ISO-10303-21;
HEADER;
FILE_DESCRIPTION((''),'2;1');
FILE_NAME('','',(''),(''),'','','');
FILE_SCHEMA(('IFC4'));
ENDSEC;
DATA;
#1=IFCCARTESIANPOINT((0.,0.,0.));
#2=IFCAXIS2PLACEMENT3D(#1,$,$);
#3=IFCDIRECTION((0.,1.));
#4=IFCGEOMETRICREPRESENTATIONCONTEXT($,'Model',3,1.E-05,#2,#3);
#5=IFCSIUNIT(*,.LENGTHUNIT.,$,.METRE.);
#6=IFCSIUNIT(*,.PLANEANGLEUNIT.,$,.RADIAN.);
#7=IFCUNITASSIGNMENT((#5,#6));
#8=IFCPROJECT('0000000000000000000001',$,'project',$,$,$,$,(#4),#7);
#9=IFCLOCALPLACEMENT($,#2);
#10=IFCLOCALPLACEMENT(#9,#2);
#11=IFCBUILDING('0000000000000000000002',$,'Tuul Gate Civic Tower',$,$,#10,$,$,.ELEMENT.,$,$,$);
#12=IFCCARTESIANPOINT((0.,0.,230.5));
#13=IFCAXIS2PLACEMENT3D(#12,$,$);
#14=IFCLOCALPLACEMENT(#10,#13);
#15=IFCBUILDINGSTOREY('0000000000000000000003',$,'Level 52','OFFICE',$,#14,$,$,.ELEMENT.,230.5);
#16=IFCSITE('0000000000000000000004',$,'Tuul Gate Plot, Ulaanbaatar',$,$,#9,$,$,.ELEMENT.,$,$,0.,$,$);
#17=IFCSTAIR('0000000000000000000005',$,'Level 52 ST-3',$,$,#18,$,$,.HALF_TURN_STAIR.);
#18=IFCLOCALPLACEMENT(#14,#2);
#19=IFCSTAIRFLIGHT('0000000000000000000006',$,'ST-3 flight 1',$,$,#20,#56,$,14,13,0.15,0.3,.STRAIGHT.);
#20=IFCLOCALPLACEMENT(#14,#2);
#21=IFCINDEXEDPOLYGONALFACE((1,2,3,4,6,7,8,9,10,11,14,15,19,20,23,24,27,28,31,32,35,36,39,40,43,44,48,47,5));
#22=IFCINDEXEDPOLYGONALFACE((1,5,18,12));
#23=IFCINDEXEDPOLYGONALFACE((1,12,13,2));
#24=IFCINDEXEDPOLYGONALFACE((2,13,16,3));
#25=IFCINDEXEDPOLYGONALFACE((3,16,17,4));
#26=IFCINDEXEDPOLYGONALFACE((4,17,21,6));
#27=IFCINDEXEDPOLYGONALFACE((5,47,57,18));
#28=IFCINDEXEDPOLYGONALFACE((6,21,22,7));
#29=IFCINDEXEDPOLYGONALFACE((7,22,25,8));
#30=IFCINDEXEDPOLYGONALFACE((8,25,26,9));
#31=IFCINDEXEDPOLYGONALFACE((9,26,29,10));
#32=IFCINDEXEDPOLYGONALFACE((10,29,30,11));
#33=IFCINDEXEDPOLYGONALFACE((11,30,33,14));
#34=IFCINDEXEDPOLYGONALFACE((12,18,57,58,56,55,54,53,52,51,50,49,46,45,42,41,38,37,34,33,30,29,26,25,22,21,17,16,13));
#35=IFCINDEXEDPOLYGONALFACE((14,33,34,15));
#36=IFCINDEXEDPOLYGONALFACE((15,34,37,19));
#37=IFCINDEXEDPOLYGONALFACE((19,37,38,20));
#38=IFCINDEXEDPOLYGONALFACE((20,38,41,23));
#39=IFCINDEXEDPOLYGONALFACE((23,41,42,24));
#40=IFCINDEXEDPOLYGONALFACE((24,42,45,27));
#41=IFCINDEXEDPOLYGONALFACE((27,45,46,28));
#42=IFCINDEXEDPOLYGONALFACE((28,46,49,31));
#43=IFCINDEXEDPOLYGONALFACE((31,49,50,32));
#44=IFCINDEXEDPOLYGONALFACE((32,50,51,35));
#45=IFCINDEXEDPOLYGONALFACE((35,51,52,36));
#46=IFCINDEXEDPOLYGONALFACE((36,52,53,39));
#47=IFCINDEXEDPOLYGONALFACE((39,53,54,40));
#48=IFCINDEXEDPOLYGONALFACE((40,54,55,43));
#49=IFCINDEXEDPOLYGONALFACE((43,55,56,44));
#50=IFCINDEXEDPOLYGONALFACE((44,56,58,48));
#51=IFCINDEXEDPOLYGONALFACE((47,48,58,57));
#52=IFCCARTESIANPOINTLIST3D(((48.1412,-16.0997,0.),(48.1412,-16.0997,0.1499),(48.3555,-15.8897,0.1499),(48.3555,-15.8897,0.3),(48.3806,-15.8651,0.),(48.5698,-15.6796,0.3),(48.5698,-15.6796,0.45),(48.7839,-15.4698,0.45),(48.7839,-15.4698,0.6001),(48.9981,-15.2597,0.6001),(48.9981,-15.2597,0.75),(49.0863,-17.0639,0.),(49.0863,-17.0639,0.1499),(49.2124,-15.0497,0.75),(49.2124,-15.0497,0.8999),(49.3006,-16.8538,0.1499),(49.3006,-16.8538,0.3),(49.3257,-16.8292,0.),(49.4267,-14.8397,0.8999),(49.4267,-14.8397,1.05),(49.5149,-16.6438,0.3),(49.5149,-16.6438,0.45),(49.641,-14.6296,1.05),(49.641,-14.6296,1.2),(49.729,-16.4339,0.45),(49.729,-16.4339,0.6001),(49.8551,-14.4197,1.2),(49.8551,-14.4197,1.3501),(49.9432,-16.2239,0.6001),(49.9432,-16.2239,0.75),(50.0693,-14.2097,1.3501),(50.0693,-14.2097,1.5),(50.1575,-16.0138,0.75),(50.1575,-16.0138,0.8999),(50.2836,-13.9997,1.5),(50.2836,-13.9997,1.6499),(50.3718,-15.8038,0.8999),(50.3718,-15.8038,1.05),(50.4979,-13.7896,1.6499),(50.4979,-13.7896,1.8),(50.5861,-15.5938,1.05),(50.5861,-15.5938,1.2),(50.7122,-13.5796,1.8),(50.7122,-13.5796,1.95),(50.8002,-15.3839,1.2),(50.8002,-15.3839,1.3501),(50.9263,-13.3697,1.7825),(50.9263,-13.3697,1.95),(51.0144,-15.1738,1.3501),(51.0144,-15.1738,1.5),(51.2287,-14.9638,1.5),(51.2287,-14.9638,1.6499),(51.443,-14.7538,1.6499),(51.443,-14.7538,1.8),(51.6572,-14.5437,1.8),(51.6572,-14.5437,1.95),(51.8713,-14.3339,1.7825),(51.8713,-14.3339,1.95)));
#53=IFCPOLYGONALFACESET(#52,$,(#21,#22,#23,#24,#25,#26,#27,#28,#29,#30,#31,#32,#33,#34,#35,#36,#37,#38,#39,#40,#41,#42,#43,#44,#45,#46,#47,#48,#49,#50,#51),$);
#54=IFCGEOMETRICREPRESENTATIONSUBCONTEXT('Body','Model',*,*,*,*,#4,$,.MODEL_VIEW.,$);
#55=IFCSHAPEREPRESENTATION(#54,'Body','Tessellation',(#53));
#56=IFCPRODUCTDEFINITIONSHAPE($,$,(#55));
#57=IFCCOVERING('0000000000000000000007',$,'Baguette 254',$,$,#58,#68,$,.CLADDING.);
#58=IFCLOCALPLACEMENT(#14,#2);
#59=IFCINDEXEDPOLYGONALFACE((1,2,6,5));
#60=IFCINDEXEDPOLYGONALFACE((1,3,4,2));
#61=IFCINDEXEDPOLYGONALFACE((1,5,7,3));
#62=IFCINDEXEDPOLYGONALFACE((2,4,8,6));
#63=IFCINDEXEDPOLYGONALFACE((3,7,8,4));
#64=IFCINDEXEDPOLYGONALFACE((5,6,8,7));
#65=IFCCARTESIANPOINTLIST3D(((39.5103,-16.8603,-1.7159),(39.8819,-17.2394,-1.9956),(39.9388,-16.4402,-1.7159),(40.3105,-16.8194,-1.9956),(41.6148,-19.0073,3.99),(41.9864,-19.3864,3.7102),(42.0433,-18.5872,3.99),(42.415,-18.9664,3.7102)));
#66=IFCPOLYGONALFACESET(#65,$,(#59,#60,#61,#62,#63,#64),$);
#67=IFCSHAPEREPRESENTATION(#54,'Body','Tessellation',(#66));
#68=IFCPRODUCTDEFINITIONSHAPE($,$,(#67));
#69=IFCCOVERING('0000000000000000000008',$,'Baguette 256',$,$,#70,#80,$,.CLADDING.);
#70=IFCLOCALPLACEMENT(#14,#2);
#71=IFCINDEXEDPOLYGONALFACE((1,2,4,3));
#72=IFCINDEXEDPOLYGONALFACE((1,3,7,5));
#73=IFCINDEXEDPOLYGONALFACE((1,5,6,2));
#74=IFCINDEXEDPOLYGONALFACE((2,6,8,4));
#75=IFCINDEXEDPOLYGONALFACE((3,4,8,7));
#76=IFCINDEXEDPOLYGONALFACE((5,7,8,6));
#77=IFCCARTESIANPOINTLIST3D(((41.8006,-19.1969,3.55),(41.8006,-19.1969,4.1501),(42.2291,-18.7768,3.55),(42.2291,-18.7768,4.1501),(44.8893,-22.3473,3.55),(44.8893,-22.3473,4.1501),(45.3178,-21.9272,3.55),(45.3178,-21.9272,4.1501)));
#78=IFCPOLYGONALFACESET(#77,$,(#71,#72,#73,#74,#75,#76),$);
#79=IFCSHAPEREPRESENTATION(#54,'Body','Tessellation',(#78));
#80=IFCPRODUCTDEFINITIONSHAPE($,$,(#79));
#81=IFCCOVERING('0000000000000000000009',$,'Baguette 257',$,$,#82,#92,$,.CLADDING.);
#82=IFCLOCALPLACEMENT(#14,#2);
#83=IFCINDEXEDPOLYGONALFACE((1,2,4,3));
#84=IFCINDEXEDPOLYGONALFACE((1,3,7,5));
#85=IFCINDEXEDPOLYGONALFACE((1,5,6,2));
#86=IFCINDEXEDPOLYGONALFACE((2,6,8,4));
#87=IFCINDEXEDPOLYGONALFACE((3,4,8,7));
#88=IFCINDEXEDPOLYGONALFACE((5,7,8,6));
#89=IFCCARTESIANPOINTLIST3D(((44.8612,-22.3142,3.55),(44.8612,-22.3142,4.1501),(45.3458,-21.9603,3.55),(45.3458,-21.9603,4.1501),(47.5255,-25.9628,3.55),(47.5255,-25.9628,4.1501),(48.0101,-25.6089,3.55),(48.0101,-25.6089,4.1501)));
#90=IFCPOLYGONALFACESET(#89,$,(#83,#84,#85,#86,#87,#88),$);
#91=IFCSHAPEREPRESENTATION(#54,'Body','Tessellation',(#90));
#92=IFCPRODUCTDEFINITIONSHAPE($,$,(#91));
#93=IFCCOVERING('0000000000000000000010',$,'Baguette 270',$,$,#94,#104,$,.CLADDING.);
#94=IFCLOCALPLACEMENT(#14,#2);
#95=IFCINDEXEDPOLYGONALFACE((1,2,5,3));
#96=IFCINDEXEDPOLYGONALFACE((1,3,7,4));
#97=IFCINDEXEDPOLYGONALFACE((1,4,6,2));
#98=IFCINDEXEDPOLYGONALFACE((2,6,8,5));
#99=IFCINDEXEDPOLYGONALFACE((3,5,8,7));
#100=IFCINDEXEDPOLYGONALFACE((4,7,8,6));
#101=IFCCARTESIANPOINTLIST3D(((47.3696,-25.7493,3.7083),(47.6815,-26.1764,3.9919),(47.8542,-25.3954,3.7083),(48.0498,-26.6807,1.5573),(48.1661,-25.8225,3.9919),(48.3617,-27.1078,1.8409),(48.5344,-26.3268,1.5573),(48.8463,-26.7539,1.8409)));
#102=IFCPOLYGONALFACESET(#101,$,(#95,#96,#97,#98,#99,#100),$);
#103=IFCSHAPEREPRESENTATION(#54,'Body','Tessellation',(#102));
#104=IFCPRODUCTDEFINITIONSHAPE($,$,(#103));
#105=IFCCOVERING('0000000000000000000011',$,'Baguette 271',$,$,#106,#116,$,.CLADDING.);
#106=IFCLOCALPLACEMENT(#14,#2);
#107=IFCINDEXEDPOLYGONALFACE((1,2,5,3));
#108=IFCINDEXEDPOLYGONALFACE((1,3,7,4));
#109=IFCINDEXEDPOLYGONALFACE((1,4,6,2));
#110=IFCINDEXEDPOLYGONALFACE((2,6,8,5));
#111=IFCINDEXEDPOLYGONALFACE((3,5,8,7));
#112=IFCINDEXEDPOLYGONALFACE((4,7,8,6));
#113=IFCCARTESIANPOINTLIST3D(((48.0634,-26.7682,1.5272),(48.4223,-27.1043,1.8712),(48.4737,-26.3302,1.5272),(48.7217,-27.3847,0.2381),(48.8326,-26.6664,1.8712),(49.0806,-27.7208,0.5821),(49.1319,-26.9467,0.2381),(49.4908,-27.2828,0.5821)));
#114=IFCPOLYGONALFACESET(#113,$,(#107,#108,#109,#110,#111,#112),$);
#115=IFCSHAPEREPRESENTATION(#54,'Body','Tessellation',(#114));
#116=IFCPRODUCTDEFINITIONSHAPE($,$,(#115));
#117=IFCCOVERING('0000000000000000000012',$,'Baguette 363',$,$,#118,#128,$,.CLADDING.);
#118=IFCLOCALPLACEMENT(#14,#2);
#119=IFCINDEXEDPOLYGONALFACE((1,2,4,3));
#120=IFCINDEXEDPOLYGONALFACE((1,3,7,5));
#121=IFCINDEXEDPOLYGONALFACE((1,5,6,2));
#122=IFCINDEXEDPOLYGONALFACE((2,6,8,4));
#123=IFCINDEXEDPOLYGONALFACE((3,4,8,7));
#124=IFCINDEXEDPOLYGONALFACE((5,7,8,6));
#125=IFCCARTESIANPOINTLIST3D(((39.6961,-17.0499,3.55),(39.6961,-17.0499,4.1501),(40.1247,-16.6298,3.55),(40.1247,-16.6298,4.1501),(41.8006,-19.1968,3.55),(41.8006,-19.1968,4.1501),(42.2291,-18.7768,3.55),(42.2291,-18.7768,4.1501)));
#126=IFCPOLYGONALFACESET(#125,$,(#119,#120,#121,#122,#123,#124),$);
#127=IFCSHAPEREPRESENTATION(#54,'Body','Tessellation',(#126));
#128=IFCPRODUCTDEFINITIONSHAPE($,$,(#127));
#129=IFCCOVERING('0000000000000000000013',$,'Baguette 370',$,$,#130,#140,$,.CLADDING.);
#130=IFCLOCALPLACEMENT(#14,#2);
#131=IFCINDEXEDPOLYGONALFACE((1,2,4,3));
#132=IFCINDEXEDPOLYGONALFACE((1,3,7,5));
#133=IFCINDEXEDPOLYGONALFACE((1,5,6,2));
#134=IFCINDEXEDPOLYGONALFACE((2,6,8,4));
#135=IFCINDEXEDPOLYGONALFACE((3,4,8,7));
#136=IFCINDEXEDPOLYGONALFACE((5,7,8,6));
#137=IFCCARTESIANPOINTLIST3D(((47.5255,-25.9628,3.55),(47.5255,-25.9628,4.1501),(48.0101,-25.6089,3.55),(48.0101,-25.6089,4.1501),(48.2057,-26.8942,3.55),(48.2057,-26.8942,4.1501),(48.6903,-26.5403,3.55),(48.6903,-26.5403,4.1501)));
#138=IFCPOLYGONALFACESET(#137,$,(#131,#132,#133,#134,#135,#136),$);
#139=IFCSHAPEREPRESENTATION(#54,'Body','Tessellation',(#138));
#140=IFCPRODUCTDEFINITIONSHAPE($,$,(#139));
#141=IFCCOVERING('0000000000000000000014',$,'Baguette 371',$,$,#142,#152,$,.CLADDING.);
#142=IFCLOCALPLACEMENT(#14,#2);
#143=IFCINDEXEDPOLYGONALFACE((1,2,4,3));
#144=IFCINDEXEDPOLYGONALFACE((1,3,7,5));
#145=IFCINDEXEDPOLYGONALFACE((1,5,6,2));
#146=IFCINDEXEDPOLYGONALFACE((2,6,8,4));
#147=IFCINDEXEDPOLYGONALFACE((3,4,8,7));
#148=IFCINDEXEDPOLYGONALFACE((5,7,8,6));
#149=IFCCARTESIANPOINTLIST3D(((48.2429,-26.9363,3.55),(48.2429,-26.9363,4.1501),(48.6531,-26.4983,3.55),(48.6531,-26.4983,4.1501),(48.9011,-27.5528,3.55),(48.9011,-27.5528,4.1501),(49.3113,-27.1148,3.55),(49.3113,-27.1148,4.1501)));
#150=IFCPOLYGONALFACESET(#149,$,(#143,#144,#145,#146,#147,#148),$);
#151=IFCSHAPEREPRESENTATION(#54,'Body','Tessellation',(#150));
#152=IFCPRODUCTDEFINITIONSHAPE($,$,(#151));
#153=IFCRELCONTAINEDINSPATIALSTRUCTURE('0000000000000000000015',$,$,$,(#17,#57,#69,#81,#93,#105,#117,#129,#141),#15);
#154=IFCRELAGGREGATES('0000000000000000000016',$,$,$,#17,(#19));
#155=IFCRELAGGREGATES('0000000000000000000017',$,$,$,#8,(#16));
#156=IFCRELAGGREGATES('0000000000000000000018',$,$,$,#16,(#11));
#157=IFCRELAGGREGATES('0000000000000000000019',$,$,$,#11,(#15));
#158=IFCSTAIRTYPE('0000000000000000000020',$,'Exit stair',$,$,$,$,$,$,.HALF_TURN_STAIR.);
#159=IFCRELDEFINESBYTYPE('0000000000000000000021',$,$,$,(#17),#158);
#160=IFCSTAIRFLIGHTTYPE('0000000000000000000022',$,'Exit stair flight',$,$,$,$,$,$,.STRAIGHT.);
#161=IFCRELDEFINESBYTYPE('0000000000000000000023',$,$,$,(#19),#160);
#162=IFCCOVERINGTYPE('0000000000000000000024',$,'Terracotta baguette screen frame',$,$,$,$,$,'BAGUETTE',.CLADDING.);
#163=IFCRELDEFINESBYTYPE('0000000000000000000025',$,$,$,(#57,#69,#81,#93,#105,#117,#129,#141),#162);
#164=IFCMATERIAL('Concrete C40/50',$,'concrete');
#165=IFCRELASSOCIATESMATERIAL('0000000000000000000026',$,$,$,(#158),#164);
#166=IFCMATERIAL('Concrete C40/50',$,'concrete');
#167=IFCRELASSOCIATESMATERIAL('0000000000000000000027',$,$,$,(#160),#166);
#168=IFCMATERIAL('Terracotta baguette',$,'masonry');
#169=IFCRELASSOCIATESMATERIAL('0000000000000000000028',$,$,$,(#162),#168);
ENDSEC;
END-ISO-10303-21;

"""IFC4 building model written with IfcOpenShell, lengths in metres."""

from ifc_helpers import new_model, si_unit, direction, frame, origin, origin_2d, place, context, subcontext, project, spatial, polyline, rectangle, outline, extrude, material, material_profile, profile_set, type_object, element, aggregate, save


model = new_model("IFC4")

# Units and contexts
model_context = context("Model", 3, precision=1e-05, world=origin(), true_north=direction((0.0, 1.0)))
body_context = subcontext(model_context, "Body", "Model", "MODEL_VIEW")
ifc_project = project(units=[si_unit("LENGTHUNIT", "METRE"), si_unit("PLANEANGLEUNIT", "RADIAN")], contexts=[model_context])

# Site, building, storey
site_placement = place(None, origin())
site = spatial("IfcSite", under=ifc_project, at=site_placement, Name="Tuul Gate Plot, Ulaanbaatar", CompositionType="ELEMENT", RefElevation=0.0)
building_placement = place(site_placement, origin())
building = spatial("IfcBuilding", under=site, at=building_placement, Name="Tuul Gate Civic Tower", CompositionType="ELEMENT")
storey_placement = place(building_placement, frame((0.0, 0.0, 230.5)))
storey = spatial("IfcBuildingStorey", under=building, at=storey_placement, Name="Level 52", Description="OFFICE", CompositionType="ELEMENT", Elevation=230.5)

# Stair, stair flight
ifc_material_1 = material(Name="Concrete C40/50", Category="concrete")
stair_type = type_object("IfcStairType", Name="Exit stair", PredefinedType="HALF_TURN_STAIR", material=ifc_material_1)
stair_placement = place(storey_placement, origin())
stair = element("IfcStair", 1, at=stair_placement, inside=storey, type_object=stair_type, Name="Level 52 ST-3", PredefinedType="HALF_TURN_STAIR")
ifc_material_2 = material(Name="Concrete C40/50", Category="concrete")
stair_flight_type = type_object("IfcStairFlightType", Name="Exit stair flight", PredefinedType="STRAIGHT", material=ifc_material_2)
stair_flight_placement = place(storey_placement, frame((48.6138, -16.5818, 0.0), z_axis=(0.0, 0.0, 1.0), x_axis=(0.714127, 0.700016, 0.0)))
stair_flight = element("IfcStairFlight", 2, at=stair_flight_placement, type_object=stair_flight_type, Name="ST-3 flight 1", NumberOfRisers=14, NumberOfTreads=13, PredefinedType="STRAIGHT", RiserHeight=0.15, TreadLength=0.3, context=body_context, shape_type="SweptSolid", body=[
    extrude(outline(polyline([(0.0, 0.0), (0.0, 0.1499), (0.3, 0.1499), (0.3, 0.3), (0.6001, 0.3), (0.6001, 0.45), (0.8999, 0.45), (0.8999, 0.6001), (1.2, 0.6001), (1.2, 0.75), (1.5, 0.75), (1.5, 0.8999), (1.8, 0.8999), (1.8, 1.05), (2.1001, 1.05), (2.1001, 1.2), (2.3999, 1.2), (2.3999, 1.3501), (2.7, 1.3501), (2.7, 1.5), (3.0, 1.5), (3.0, 1.6499), (3.3, 1.6499), (3.3, 1.8), (3.6001, 1.8), (3.6001, 1.95), (3.8999, 1.95), (3.8999, 2.1001), (3.8999, 1.7825), (0.3352, 0.0), (0.0, 0.0)])), frame((0.0, 0.675, 0.0), z_axis=(0.0, -1.0, 0.0), x_axis=(1.0, 0.0, 0.0)), (0.0, 0.0, 1.0), 1.3501),
])
aggregate(stair, [stair_flight])

# Coverings
ifc_material_3 = material(Name="Terracotta baguette", Category="masonry")
ifc_material_profile_1 = material_profile(ifc_material_3, rectangle(XDim=0.6001, YDim=0.6001, at=origin_2d()), Name="Terracotta baguette screen frame")
ifc_profile_set_1 = profile_set([ifc_material_profile_1], Name="Terracotta baguette")
covering_type = type_object("IfcCoveringType", Name="Terracotta baguette screen frame", ElementType="BAGUETTE", PredefinedType="CLADDING", material=ifc_profile_set_1)
covering_1_placement = place(storey_placement, frame((42.0149, -18.9868, 3.8501), z_axis=(-0.326309, 0.332895, -0.884705), x_axis=(-0.714137, -0.700006, 0.0)))
element("IfcCovering", 3, at=covering_1_placement, inside=storey, type_object=covering_type, Name="Baguette 254", PredefinedType="CLADDING", context=body_context, shape_type="SweptSolid", body=[
    extrude(rectangle(XDim=0.6001, YDim=0.6001, at=origin_2d()), origin(), (0.0, 0.0, 1.0), 6.4495),
])
covering_2_placement = place(storey_placement, frame((42.0149, -18.9868, 3.8501), z_axis=(0.700072, -0.714072, 0.0), x_axis=(0.714072, 0.700072, 0.0)))
element("IfcCovering", 4, at=covering_2_placement, inside=storey, type_object=covering_type, Name="Baguette 256", PredefinedType="CLADDING", context=body_context, shape_type="SweptSolid", body=[
    extrude(rectangle(XDim=0.6001, YDim=0.6001, at=origin_2d()), origin(), (0.0, 0.0, 1.0), 4.4119),
])
covering_3_placement = place(storey_placement, frame((45.1035, -22.1372, 3.8501), z_axis=(0.589723, -0.807606, 0.0), x_axis=(0.807606, 0.589723, 0.0)))
element("IfcCovering", 5, at=covering_3_placement, inside=storey, type_object=covering_type, Name="Baguette 257", PredefinedType="CLADDING", context=body_context, shape_type="SweptSolid", body=[
    extrude(rectangle(XDim=0.6001, YDim=0.6001, at=origin_2d()), origin(), (0.0, 0.0, 1.0), 4.5178),
])
covering_4_placement = place(storey_placement, frame((47.7678, -25.7859, 3.8501), z_axis=(0.278695, -0.38163, -0.881299), x_axis=(0.807581, 0.589756, 0.0)))
element("IfcCovering", 6, at=covering_4_placement, inside=storey, type_object=covering_type, Name="Baguette 270", PredefinedType="CLADDING", context=body_context, shape_type="SweptSolid", body=[
    extrude(rectangle(XDim=0.6001, YDim=0.6001, at=origin_2d()), origin(), (0.0, 0.0, 1.0), 2.4407),
])
covering_5_placement = place(storey_placement, frame((48.448, -26.7173, 1.6992), z_axis=(0.418387, -0.39185, -0.819393), x_axis=(0.683581, 0.729875, 0.0)))
element("IfcCovering", 7, at=covering_5_placement, inside=storey, type_object=covering_type, Name="Baguette 271", PredefinedType="CLADDING", context=body_context, shape_type="SweptSolid", body=[
    extrude(rectangle(XDim=0.6001, YDim=0.6001, at=origin_2d()), origin(), (0.0, 0.0, 1.0), 1.5732),
])
covering_6_placement = place(storey_placement, frame((39.9104, -16.8398, 3.8501), z_axis=(0.700006, -0.714137, 0.0), x_axis=(0.714137, 0.700006, 0.0)))
element("IfcCovering", 8, at=covering_6_placement, inside=storey, type_object=covering_type, Name="Baguette 363", PredefinedType="CLADDING", context=body_context, shape_type="SweptSolid", body=[
    extrude(rectangle(XDim=0.6001, YDim=0.6001, at=origin_2d()), origin(), (0.0, 0.0, 1.0), 3.0063),
])
covering_7_placement = place(storey_placement, frame((47.7678, -25.7859, 3.8501), z_axis=(0.589756, -0.807581, 0.0), x_axis=(0.807581, 0.589756, 0.0)))
element("IfcCovering", 9, at=covering_7_placement, inside=storey, type_object=covering_type, Name="Baguette 370", PredefinedType="CLADDING", context=body_context, shape_type="SweptSolid", body=[
    extrude(rectangle(XDim=0.6001, YDim=0.6001, at=origin_2d()), origin(), (0.0, 0.0, 1.0), 1.1533),
])
covering_8_placement = place(storey_placement, frame((48.448, -26.7173, 3.8501), z_axis=(0.729875, -0.683581, 0.0), x_axis=(0.683581, 0.729875, 0.0)))
element("IfcCovering", 10, at=covering_8_placement, inside=storey, type_object=covering_type, Name="Baguette 371", PredefinedType="CLADDING", context=body_context, shape_type="SweptSolid", body=[
    extrude(rectangle(XDim=0.6001, YDim=0.6001, at=origin_2d()), origin(), (0.0, 0.0, 1.0), 0.9019),
])

save(model, "model.ifc")
